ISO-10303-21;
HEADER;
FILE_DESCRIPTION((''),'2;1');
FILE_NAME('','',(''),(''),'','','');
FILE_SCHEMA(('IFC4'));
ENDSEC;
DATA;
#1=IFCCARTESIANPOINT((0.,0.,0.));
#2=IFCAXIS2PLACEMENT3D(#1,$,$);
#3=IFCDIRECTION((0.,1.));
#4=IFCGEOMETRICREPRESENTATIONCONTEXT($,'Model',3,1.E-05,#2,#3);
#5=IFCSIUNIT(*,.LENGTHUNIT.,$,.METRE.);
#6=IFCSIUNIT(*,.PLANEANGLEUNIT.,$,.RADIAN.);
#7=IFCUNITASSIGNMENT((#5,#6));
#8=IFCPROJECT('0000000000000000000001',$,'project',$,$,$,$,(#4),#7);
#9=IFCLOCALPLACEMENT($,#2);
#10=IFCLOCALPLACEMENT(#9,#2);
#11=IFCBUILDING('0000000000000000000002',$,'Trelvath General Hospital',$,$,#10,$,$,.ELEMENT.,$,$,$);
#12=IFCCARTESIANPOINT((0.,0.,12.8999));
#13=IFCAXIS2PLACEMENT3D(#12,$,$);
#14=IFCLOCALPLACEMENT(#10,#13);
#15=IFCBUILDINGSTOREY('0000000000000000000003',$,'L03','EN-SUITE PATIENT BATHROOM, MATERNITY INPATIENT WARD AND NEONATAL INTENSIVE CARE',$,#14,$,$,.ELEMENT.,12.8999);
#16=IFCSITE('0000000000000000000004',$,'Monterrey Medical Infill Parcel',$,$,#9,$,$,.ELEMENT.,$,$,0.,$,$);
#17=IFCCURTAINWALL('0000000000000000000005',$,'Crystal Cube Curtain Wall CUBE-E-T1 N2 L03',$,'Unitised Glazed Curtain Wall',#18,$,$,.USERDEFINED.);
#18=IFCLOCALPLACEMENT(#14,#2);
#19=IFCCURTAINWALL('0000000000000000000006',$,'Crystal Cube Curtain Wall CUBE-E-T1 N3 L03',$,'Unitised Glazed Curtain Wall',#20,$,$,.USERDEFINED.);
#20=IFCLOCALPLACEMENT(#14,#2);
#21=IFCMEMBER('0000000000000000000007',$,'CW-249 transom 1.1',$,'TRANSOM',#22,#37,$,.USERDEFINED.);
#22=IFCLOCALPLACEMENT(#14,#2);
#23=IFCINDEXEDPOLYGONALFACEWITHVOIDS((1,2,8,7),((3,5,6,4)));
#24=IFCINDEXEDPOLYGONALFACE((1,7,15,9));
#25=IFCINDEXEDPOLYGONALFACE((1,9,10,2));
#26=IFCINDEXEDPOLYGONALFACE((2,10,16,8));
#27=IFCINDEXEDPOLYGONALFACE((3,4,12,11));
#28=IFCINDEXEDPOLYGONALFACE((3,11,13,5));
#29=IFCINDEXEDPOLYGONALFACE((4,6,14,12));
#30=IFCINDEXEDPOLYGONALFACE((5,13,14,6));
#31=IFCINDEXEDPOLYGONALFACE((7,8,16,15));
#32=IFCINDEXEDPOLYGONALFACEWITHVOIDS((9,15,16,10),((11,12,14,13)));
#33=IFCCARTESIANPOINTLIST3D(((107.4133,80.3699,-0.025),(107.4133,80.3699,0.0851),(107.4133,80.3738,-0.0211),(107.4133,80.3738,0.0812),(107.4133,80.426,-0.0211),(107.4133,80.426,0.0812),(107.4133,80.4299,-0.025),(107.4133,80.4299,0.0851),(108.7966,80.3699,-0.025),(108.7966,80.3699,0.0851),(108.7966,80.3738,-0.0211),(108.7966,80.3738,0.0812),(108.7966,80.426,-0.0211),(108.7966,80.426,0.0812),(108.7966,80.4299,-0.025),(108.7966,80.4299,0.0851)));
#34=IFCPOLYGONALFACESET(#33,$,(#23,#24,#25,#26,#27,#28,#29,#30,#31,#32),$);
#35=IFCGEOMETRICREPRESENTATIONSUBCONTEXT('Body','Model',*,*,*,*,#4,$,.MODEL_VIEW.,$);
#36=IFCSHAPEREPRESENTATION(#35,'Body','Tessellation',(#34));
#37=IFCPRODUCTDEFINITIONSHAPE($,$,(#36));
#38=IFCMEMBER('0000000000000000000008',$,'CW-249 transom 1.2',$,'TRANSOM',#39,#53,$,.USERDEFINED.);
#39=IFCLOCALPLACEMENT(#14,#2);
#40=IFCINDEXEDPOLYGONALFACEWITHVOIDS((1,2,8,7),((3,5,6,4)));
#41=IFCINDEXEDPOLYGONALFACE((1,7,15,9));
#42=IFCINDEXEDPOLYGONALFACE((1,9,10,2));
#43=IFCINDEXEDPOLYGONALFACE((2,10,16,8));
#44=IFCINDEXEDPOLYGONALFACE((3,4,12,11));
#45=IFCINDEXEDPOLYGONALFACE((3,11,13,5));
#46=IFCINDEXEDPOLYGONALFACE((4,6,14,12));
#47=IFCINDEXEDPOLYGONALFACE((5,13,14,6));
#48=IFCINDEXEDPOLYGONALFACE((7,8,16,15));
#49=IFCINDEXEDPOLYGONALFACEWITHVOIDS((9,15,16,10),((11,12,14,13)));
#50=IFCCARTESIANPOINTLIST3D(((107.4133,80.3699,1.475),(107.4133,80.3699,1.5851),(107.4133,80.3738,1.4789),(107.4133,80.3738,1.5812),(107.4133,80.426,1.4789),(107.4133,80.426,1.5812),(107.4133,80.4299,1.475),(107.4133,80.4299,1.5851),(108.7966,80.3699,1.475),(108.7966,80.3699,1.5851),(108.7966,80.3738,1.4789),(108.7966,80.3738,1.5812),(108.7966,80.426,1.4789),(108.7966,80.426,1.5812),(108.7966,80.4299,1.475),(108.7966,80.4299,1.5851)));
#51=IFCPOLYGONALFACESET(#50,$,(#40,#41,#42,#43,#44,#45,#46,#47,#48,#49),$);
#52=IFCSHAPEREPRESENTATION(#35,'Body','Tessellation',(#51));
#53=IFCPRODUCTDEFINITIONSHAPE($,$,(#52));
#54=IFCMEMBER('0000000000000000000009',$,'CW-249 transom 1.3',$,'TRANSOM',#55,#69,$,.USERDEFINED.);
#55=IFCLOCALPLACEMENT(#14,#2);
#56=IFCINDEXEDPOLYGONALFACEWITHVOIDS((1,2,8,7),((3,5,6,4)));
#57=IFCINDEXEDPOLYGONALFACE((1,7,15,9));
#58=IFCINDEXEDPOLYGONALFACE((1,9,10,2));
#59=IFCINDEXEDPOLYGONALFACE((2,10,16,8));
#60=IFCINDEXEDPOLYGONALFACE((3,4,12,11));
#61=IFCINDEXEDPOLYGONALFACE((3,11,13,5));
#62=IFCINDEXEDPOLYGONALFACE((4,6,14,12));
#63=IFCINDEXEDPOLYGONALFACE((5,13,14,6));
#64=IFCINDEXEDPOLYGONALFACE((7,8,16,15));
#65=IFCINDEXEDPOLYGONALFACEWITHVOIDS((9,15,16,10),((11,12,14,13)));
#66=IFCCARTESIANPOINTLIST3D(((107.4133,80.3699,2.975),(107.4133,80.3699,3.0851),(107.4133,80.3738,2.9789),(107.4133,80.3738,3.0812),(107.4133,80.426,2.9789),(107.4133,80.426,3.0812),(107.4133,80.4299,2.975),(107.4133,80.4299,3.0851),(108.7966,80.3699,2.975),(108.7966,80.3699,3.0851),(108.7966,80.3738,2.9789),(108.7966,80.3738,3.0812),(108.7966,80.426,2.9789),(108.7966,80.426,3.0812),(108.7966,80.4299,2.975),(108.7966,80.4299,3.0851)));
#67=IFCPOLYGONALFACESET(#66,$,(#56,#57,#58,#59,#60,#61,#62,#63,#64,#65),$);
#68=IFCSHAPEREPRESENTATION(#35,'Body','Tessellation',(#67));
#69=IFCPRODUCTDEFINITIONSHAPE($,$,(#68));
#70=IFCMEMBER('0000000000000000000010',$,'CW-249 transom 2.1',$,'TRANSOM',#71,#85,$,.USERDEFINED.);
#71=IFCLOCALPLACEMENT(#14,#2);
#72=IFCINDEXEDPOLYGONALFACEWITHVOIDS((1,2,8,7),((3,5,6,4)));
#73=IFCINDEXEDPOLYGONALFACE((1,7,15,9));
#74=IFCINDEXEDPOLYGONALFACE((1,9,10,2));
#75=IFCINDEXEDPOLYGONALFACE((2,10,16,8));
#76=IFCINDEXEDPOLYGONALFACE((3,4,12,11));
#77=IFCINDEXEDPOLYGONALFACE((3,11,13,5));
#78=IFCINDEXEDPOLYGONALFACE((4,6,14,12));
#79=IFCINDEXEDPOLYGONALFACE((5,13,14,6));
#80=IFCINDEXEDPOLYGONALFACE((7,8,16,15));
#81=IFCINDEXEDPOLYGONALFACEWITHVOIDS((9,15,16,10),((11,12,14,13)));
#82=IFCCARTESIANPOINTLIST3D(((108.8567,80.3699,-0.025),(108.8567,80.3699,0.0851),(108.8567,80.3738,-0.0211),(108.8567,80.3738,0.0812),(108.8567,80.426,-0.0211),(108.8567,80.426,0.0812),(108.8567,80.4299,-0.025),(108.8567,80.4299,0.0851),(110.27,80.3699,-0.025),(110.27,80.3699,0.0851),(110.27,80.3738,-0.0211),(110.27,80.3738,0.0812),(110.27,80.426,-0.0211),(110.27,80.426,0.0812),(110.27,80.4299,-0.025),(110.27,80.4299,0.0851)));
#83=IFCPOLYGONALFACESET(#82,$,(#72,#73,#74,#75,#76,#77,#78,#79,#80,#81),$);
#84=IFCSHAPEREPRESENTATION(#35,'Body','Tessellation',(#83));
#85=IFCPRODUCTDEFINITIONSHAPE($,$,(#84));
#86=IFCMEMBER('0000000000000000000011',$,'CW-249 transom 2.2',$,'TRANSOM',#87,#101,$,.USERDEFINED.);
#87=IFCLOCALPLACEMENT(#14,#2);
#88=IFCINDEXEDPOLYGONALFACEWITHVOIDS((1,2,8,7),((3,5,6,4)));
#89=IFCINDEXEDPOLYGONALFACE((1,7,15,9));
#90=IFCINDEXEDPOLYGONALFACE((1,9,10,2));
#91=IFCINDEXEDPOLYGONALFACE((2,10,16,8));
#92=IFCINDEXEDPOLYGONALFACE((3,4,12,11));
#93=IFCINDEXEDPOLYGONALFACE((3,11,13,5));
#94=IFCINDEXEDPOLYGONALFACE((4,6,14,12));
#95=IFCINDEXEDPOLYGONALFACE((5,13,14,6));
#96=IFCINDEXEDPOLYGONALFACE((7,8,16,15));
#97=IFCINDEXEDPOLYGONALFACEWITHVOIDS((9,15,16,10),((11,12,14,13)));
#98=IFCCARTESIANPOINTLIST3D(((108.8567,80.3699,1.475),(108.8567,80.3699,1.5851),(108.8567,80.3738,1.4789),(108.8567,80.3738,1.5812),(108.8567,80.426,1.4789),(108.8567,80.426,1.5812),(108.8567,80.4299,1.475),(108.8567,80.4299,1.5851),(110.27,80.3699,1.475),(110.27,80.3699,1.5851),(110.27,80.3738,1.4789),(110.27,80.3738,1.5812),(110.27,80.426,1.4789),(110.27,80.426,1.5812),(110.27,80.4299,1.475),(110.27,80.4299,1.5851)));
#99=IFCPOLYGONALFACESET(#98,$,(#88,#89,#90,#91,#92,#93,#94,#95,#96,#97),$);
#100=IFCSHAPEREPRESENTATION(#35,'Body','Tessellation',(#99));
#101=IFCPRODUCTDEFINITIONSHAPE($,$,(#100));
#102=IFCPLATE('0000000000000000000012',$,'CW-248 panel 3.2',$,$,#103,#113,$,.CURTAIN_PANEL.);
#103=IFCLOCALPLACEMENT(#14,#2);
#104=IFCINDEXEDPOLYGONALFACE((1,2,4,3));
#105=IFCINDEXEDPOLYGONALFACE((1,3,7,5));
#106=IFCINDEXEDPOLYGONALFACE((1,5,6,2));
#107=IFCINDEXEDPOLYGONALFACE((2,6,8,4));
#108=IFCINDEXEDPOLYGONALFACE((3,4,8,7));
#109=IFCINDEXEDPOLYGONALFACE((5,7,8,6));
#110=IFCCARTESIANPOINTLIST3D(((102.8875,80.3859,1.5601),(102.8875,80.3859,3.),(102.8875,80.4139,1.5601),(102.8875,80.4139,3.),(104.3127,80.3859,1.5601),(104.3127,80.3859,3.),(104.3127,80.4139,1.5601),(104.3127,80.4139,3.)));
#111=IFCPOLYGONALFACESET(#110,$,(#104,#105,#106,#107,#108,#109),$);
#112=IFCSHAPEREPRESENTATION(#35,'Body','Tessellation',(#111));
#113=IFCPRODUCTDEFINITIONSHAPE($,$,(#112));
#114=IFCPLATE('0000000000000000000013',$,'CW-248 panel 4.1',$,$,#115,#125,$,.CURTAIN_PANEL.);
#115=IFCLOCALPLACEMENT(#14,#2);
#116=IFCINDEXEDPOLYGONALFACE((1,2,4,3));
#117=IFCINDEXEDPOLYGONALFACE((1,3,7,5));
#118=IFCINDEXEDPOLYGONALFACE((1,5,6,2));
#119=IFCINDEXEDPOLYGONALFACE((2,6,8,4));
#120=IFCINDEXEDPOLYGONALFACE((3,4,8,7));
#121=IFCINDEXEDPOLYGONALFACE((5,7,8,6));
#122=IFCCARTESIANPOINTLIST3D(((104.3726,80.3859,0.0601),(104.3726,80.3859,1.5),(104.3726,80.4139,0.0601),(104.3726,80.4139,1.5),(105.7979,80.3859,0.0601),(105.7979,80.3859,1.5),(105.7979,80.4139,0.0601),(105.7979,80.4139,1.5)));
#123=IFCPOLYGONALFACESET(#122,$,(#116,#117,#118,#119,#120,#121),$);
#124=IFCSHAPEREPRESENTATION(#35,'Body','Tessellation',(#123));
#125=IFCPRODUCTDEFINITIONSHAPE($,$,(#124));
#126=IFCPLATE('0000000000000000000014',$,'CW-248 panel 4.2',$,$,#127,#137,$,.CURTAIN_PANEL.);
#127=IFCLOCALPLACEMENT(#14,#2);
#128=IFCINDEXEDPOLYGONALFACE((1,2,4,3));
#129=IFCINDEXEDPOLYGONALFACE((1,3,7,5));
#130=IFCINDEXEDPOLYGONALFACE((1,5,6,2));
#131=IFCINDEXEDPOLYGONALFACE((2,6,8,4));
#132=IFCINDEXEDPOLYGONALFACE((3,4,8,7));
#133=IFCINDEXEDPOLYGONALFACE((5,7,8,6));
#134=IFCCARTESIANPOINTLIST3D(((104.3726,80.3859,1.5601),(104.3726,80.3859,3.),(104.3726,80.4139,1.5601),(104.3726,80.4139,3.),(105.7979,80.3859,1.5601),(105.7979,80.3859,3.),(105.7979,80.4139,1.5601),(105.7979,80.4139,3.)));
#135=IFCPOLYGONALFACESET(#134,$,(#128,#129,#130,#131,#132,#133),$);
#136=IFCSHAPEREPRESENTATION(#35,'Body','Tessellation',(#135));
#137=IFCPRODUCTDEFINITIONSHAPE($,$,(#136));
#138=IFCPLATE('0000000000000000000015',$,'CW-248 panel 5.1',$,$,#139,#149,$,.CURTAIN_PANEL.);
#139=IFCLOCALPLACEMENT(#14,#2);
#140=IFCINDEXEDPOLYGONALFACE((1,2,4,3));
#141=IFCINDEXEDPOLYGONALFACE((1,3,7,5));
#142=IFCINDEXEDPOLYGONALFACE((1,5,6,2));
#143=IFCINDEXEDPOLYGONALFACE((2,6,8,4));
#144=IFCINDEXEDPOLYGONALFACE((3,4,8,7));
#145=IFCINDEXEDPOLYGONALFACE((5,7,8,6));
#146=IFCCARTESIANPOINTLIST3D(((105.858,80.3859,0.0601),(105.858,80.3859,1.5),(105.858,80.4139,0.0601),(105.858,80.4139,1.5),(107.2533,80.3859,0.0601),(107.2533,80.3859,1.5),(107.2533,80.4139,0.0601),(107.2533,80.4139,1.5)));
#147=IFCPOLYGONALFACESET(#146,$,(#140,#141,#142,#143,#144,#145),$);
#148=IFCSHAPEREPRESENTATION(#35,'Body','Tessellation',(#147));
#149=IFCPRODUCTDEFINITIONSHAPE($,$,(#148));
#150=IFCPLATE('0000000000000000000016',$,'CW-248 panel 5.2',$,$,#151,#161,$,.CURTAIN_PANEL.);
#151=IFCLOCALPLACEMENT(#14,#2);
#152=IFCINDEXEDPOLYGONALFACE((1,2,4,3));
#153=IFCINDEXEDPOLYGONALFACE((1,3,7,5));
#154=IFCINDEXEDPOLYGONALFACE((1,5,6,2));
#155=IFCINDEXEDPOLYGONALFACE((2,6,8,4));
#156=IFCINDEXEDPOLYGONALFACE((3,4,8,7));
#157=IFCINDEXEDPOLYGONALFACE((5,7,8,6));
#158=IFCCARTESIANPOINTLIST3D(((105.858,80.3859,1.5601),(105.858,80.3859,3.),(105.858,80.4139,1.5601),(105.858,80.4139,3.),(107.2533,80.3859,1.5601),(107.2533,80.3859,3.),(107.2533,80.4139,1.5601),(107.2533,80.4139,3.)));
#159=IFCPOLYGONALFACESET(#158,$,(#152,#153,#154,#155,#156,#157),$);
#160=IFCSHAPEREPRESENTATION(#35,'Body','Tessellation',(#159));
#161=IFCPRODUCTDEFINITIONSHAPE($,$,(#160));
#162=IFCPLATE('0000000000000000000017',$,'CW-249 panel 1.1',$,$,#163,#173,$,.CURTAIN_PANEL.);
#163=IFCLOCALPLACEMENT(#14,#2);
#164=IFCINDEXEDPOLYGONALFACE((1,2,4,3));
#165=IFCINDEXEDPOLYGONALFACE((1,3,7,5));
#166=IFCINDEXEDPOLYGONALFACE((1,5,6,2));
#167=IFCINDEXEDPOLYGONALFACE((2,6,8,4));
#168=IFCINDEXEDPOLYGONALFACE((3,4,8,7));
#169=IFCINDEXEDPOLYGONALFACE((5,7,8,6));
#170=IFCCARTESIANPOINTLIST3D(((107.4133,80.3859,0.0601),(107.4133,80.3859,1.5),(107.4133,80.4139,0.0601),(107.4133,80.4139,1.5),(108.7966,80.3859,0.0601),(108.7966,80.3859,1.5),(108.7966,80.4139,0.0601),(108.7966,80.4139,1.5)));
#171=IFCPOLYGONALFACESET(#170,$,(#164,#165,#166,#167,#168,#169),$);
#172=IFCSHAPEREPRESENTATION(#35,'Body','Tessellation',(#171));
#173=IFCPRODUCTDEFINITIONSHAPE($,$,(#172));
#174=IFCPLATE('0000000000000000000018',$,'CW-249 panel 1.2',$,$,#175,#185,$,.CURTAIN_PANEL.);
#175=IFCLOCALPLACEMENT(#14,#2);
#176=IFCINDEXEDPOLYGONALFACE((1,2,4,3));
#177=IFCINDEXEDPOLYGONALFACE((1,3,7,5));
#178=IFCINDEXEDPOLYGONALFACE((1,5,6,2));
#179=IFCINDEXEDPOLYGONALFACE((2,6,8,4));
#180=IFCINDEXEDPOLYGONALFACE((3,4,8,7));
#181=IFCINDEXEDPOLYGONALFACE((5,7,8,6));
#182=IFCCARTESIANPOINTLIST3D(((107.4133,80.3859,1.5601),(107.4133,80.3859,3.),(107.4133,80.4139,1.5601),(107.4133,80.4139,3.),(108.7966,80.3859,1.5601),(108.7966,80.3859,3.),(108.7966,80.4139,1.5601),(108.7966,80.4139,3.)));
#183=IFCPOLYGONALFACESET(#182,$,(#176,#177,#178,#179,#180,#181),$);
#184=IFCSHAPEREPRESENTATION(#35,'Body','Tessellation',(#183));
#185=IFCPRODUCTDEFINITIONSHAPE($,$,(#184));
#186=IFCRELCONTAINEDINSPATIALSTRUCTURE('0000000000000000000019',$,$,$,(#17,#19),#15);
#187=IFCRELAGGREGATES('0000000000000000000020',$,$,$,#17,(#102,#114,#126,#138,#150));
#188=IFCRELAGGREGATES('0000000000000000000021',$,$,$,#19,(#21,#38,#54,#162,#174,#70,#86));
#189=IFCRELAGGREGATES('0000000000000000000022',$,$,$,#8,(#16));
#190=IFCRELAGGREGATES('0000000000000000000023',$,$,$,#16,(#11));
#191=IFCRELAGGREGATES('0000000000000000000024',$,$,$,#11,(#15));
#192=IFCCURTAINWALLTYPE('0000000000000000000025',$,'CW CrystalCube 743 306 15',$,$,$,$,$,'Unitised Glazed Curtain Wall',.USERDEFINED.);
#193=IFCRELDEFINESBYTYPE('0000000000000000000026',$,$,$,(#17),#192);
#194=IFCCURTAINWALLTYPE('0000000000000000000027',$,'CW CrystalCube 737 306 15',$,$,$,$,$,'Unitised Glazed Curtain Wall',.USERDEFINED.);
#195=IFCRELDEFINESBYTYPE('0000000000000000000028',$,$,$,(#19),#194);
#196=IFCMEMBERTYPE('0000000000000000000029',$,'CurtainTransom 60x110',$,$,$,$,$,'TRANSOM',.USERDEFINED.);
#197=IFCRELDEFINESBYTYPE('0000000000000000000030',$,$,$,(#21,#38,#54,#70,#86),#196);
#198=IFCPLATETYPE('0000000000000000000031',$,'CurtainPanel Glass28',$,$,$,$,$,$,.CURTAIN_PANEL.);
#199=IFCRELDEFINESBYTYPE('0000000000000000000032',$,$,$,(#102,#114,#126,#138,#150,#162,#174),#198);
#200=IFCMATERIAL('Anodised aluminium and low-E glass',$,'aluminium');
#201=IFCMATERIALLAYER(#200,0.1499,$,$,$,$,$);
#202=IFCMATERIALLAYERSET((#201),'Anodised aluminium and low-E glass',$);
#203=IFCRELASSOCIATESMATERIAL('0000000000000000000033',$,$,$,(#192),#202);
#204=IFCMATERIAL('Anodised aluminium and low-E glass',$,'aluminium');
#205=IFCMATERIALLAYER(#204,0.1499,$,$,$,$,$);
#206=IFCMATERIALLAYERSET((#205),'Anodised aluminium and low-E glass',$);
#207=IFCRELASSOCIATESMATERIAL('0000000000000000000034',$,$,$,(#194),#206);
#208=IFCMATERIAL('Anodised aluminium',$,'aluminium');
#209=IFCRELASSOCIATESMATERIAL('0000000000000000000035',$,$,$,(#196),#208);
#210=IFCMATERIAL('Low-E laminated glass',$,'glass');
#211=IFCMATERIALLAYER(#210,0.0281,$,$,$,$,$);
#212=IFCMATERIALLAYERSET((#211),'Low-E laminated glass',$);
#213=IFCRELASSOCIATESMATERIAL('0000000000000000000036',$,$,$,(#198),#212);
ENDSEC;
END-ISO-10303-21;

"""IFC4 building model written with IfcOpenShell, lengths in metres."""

from ifc_helpers import new_model, si_unit, direction, frame, origin, origin_2d, place, context, subcontext, project, spatial, rectangle, hollow_rectangle, extrude, material, layer, layer_set, material_profile, profile_set, type_object, element, aggregate, save


model = new_model("IFC4")

# Units and contexts
model_context = context("Model", 3, precision=1e-05, world=origin(), true_north=direction((0.0, 1.0)))
body_context = subcontext(model_context, "Body", "Model", "MODEL_VIEW")
ifc_project = project(units=[si_unit("LENGTHUNIT", "METRE"), si_unit("PLANEANGLEUNIT", "RADIAN")], contexts=[model_context])

# Site, building, storey
site_placement = place(None, origin())
site = spatial("IfcSite", under=ifc_project, at=site_placement, Name="Monterrey Medical Infill Parcel", CompositionType="ELEMENT", RefElevation=0.0)
building_placement = place(site_placement, origin())
building = spatial("IfcBuilding", under=site, at=building_placement, Name="Trelvath General Hospital", CompositionType="ELEMENT")
storey_placement = place(building_placement, frame((0.0, 0.0, 12.8999)))
storey = spatial("IfcBuildingStorey", under=building, at=storey_placement, Name="L03", Description="EN-SUITE PATIENT BATHROOM, MATERNITY INPATIENT WARD AND NEONATAL INTENSIVE CARE", CompositionType="ELEMENT", Elevation=12.8999)

# Curtain walls
ifc_material_1 = material(Name="Anodised aluminium and low-E glass", Category="aluminium")
ifc_layer_1 = layer(ifc_material_1, 0.1499)
ifc_layer_set_1 = layer_set([ifc_layer_1], Name="Anodised aluminium and low-E glass")
curtain_wall_type_1 = type_object("IfcCurtainWallType", Name="CW CrystalCube 743 306 15", ElementType="Unitised Glazed Curtain Wall", PredefinedType="USERDEFINED", material=ifc_layer_set_1)
curtain_wall_1_placement = place(storey_placement, origin())
curtain_wall_1 = element("IfcCurtainWall", 1, at=curtain_wall_1_placement, inside=storey, type_object=curtain_wall_type_1, Name="Crystal Cube Curtain Wall CUBE-E-T1 N2 L03", ObjectType="Unitised Glazed Curtain Wall", PredefinedType="USERDEFINED")
ifc_material_2 = material(Name="Anodised aluminium and low-E glass", Category="aluminium")
ifc_layer_2 = layer(ifc_material_2, 0.1499)
ifc_layer_set_2 = layer_set([ifc_layer_2], Name="Anodised aluminium and low-E glass")
curtain_wall_type_2 = type_object("IfcCurtainWallType", Name="CW CrystalCube 737 306 15", ElementType="Unitised Glazed Curtain Wall", PredefinedType="USERDEFINED", material=ifc_layer_set_2)
curtain_wall_2_placement = place(storey_placement, origin())
curtain_wall_2 = element("IfcCurtainWall", 2, at=curtain_wall_2_placement, inside=storey, type_object=curtain_wall_type_2, Name="Crystal Cube Curtain Wall CUBE-E-T1 N3 L03", ObjectType="Unitised Glazed Curtain Wall", PredefinedType="USERDEFINED")

# Members
ifc_material_3 = material(Name="Anodised aluminium", Category="aluminium")
ifc_material_profile_1 = material_profile(ifc_material_3, hollow_rectangle(XDim=0.0601, YDim=0.1101, WallThickness=0.0039, at=origin_2d()), Name="RHS60x110x4")
ifc_profile_set_1 = profile_set([ifc_material_profile_1], Name="Anodised aluminium")
member_type_1 = type_object("IfcMemberType", Name="CurtainTransom 60x110", ElementType="TRANSOM", PredefinedType="USERDEFINED", material=ifc_profile_set_1)
member_1_placement = place(storey_placement, frame((107.4133, 80.3999, 0.03), z_axis=(1.0, 0.0, 0.0), x_axis=(0.0, 1.0, 0.0)))
member_1 = element("IfcMember", 3, at=member_1_placement, type_object=member_type_1, Name="CW-249 transom 1.1", ObjectType="TRANSOM", PredefinedType="USERDEFINED", context=body_context, shape_type="SweptSolid", body=[
    extrude(hollow_rectangle(XDim=0.0601, YDim=0.1101, WallThickness=0.0039, at=origin_2d()), origin(), (0.0, 0.0, 1.0), 1.3833),
])
member_2_placement = place(storey_placement, frame((107.4133, 80.3999, 1.53), z_axis=(1.0, 0.0, 0.0), x_axis=(0.0, 1.0, 0.0)))
member_2 = element("IfcMember", 4, at=member_2_placement, type_object=member_type_1, Name="CW-249 transom 1.2", ObjectType="TRANSOM", PredefinedType="USERDEFINED", context=body_context, shape_type="SweptSolid", body=[
    extrude(hollow_rectangle(XDim=0.0601, YDim=0.1101, WallThickness=0.0039, at=origin_2d()), origin(), (0.0, 0.0, 1.0), 1.3833),
])
member_3_placement = place(storey_placement, frame((107.4133, 80.3999, 3.03), z_axis=(1.0, 0.0, 0.0), x_axis=(0.0, 1.0, 0.0)))
member_3 = element("IfcMember", 5, at=member_3_placement, type_object=member_type_1, Name="CW-249 transom 1.3", ObjectType="TRANSOM", PredefinedType="USERDEFINED", context=body_context, shape_type="SweptSolid", body=[
    extrude(hollow_rectangle(XDim=0.0601, YDim=0.1101, WallThickness=0.0039, at=origin_2d()), origin(), (0.0, 0.0, 1.0), 1.3833),
])
member_4_placement = place(storey_placement, frame((108.8567, 80.3999, 0.03), z_axis=(1.0, 0.0, 0.0), x_axis=(0.0, 1.0, 0.0)))
member_4 = element("IfcMember", 6, at=member_4_placement, type_object=member_type_1, Name="CW-249 transom 2.1", ObjectType="TRANSOM", PredefinedType="USERDEFINED", context=body_context, shape_type="SweptSolid", body=[
    extrude(hollow_rectangle(XDim=0.0601, YDim=0.1101, WallThickness=0.0039, at=origin_2d()), origin(), (0.0, 0.0, 1.0), 1.4133),
])
member_5_placement = place(storey_placement, frame((108.8567, 80.3999, 1.53), z_axis=(1.0, 0.0, 0.0), x_axis=(0.0, 1.0, 0.0)))
member_5 = element("IfcMember", 7, at=member_5_placement, type_object=member_type_1, Name="CW-249 transom 2.2", ObjectType="TRANSOM", PredefinedType="USERDEFINED", context=body_context, shape_type="SweptSolid", body=[
    extrude(hollow_rectangle(XDim=0.0601, YDim=0.1101, WallThickness=0.0039, at=origin_2d()), origin(), (0.0, 0.0, 1.0), 1.4133),
])

# Plates
ifc_material_4 = material(Name="Low-E laminated glass", Category="glass")
ifc_layer_3 = layer(ifc_material_4, 0.0281)
ifc_layer_set_3 = layer_set([ifc_layer_3], Name="Low-E laminated glass")
plate_type = type_object("IfcPlateType", Name="CurtainPanel Glass28", PredefinedType="CURTAIN_PANEL", material=ifc_layer_set_3)
plate_1_placement = place(storey_placement, frame((103.6001, 80.3999, 1.5601), z_axis=(0.0, 0.0, 1.0), x_axis=(1.0, 0.0, 0.0)))
plate_1 = element("IfcPlate", 8, at=plate_1_placement, type_object=plate_type, Name="CW-248 panel 3.2", PredefinedType="CURTAIN_PANEL", context=body_context, shape_type="SweptSolid", body=[
    extrude(rectangle(XDim=1.4253, YDim=0.0281, at=origin_2d()), origin(), (0.0, 0.0, 1.0), 1.4399),
])
plate_2_placement = place(storey_placement, frame((105.0852, 80.3999, 0.0601), z_axis=(0.0, 0.0, 1.0), x_axis=(1.0, 0.0, 0.0)))
plate_2 = element("IfcPlate", 9, at=plate_2_placement, type_object=plate_type, Name="CW-248 panel 4.1", PredefinedType="CURTAIN_PANEL", context=body_context, shape_type="SweptSolid", body=[
    extrude(rectangle(XDim=1.4253, YDim=0.0281, at=origin_2d()), origin(), (0.0, 0.0, 1.0), 1.4399),
])
plate_3_placement = place(storey_placement, frame((105.0852, 80.3999, 1.5601), z_axis=(0.0, 0.0, 1.0), x_axis=(1.0, 0.0, 0.0)))
plate_3 = element("IfcPlate", 10, at=plate_3_placement, type_object=plate_type, Name="CW-248 panel 4.2", PredefinedType="CURTAIN_PANEL", context=body_context, shape_type="SweptSolid", body=[
    extrude(rectangle(XDim=1.4253, YDim=0.0281, at=origin_2d()), origin(), (0.0, 0.0, 1.0), 1.4399),
])
plate_4_placement = place(storey_placement, frame((106.5557, 80.3999, 0.0601), z_axis=(0.0, 0.0, 1.0), x_axis=(1.0, 0.0, 0.0)))
plate_4 = element("IfcPlate", 11, at=plate_4_placement, type_object=plate_type, Name="CW-248 panel 5.1", PredefinedType="CURTAIN_PANEL", context=body_context, shape_type="SweptSolid", body=[
    extrude(rectangle(XDim=1.3953, YDim=0.0281, at=origin_2d()), origin(), (0.0, 0.0, 1.0), 1.4399),
])
plate_5_placement = place(storey_placement, frame((106.5557, 80.3999, 1.5601), z_axis=(0.0, 0.0, 1.0), x_axis=(1.0, 0.0, 0.0)))
plate_5 = element("IfcPlate", 12, at=plate_5_placement, type_object=plate_type, Name="CW-248 panel 5.2", PredefinedType="CURTAIN_PANEL", context=body_context, shape_type="SweptSolid", body=[
    extrude(rectangle(XDim=1.3953, YDim=0.0281, at=origin_2d()), origin(), (0.0, 0.0, 1.0), 1.4399),
])
aggregate(curtain_wall_1, [plate_1, plate_2, plate_3, plate_4, plate_5])
plate_6_placement = place(storey_placement, frame((108.105, 80.3999, 0.0601), z_axis=(0.0, 0.0, 1.0), x_axis=(1.0, 0.0, 0.0)))
plate_6 = element("IfcPlate", 13, at=plate_6_placement, type_object=plate_type, Name="CW-249 panel 1.1", PredefinedType="CURTAIN_PANEL", context=body_context, shape_type="SweptSolid", body=[
    extrude(rectangle(XDim=1.3833, YDim=0.0281, at=origin_2d()), origin(), (0.0, 0.0, 1.0), 1.4399),
])
plate_7_placement = place(storey_placement, frame((108.105, 80.3999, 1.5601), z_axis=(0.0, 0.0, 1.0), x_axis=(1.0, 0.0, 0.0)))
plate_7 = element("IfcPlate", 14, at=plate_7_placement, type_object=plate_type, Name="CW-249 panel 1.2", PredefinedType="CURTAIN_PANEL", context=body_context, shape_type="SweptSolid", body=[
    extrude(rectangle(XDim=1.3833, YDim=0.0281, at=origin_2d()), origin(), (0.0, 0.0, 1.0), 1.4399),
])
aggregate(curtain_wall_2, [member_1, member_2, member_3, plate_6, plate_7, member_4, member_5])

save(model, "model.ifc")
